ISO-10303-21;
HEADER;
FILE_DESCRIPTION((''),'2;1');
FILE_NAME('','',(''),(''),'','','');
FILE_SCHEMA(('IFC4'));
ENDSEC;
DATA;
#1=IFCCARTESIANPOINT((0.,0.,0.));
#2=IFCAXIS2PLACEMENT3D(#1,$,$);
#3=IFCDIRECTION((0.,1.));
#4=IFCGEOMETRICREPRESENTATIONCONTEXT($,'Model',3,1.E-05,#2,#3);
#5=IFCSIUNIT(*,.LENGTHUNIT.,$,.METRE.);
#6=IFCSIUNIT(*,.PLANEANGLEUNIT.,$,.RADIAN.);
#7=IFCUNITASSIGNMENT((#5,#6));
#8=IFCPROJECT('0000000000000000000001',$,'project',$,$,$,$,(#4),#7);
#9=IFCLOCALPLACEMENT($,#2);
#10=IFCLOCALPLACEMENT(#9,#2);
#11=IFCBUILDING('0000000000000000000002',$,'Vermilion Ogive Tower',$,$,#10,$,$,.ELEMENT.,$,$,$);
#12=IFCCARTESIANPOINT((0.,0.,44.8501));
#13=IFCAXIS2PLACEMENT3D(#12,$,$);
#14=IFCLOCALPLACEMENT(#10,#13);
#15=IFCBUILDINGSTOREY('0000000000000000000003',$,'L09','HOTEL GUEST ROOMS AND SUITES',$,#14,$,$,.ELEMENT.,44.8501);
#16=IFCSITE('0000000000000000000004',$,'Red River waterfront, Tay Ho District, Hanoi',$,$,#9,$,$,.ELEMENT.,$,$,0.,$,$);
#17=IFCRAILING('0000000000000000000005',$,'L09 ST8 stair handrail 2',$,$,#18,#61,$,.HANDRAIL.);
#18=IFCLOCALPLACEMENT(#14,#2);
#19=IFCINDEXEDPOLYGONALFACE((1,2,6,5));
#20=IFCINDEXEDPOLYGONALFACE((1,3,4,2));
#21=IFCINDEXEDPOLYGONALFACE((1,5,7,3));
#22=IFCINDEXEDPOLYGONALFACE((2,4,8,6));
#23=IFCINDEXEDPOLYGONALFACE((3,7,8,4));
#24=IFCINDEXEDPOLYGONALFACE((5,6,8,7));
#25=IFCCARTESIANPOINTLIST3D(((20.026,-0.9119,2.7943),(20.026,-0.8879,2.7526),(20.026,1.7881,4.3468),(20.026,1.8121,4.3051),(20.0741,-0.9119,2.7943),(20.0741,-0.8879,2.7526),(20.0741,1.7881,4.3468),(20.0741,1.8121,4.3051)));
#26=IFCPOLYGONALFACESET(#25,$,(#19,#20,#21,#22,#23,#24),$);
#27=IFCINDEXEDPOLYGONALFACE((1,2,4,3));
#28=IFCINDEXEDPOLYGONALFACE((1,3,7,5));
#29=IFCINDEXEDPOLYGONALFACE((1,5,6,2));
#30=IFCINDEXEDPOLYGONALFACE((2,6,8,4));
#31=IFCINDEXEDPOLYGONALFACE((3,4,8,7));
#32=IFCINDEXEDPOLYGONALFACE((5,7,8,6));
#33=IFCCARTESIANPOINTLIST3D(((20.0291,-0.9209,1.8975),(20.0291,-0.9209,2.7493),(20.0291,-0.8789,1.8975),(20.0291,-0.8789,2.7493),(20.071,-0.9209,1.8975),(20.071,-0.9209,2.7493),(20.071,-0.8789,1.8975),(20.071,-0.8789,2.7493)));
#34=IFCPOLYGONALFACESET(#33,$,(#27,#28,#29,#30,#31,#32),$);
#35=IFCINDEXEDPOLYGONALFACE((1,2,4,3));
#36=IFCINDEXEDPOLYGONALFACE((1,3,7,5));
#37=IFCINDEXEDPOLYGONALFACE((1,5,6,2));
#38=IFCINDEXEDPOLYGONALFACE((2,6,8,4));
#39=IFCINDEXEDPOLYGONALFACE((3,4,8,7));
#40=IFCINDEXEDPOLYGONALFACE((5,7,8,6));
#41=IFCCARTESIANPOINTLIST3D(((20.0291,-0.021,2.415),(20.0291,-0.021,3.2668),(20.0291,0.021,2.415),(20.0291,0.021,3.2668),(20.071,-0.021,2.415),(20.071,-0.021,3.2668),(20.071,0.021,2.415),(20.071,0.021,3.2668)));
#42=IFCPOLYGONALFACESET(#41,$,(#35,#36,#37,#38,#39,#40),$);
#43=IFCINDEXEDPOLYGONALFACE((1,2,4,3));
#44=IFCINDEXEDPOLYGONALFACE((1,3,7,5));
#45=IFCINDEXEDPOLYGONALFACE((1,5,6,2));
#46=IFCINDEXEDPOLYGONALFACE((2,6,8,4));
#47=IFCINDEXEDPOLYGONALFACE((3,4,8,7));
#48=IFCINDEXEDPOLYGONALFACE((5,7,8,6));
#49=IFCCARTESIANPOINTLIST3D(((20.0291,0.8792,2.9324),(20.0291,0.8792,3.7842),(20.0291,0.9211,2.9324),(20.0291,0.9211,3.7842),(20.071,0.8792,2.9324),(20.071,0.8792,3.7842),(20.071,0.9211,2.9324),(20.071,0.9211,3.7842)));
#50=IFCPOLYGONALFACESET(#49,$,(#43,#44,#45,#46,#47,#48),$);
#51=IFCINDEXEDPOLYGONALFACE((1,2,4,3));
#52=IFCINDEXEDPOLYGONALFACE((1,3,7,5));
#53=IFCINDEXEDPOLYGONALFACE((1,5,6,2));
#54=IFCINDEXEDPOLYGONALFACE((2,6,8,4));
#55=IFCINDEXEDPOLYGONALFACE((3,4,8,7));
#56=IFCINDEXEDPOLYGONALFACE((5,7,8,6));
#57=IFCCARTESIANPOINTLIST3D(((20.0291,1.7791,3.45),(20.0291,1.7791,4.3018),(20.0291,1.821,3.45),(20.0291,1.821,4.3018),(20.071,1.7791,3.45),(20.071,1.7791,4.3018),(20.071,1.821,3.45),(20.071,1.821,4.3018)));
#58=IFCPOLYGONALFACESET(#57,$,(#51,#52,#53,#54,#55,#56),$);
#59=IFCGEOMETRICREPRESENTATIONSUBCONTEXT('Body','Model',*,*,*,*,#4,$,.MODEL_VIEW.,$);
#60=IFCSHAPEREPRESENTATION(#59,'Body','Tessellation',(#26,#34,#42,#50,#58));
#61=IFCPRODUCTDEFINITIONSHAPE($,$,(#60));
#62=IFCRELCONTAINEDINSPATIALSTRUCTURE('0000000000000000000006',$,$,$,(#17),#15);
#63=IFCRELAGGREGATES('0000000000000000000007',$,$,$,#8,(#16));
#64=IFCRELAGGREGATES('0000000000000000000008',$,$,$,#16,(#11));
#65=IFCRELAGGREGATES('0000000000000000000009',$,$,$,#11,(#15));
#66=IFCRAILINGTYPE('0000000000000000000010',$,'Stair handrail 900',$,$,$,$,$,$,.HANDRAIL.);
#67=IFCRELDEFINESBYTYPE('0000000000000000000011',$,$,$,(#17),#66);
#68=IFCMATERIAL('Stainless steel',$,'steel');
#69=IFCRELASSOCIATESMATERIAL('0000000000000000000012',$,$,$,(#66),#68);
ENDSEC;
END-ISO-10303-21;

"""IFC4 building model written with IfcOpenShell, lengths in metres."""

from ifc_helpers import new_model, si_unit, direction, frame, origin, origin_2d, place, context, subcontext, project, spatial, rectangle, extrude, material, type_object, element, save


model = new_model("IFC4")

# Units and contexts
model_context = context("Model", 3, precision=1e-05, world=origin(), true_north=direction((0.0, 1.0)))
body_context = subcontext(model_context, "Body", "Model", "MODEL_VIEW")
ifc_project = project(units=[si_unit("LENGTHUNIT", "METRE"), si_unit("PLANEANGLEUNIT", "RADIAN")], contexts=[model_context])

# Site, building, storey
site_placement = place(None, origin())
site = spatial("IfcSite", under=ifc_project, at=site_placement, Name="Red River waterfront, Tay Ho District, Hanoi", CompositionType="ELEMENT", RefElevation=0.0)
building_placement = place(site_placement, origin())
building = spatial("IfcBuilding", under=site, at=building_placement, Name="Vermilion Ogive Tower", CompositionType="ELEMENT")
storey_placement = place(building_placement, frame((0.0, 0.0, 44.8501)))
storey = spatial("IfcBuildingStorey", under=building, at=storey_placement, Name="L09", Description="HOTEL GUEST ROOMS AND SUITES", CompositionType="ELEMENT", Elevation=44.8501)

# Railing
ifc_material_1 = material(Name="Stainless steel", Category="steel")
railing_type_1 = type_object("IfcRailingType", Name="Stair handrail 900", PredefinedType="HANDRAIL", material=ifc_material_1)
railing_1_placement = place(storey_placement, frame((20.05, -0.8999, 1.8975)))
element("IfcRailing", 1, at=railing_1_placement, inside=storey, type_object=railing_type_1, Name="L09 ST8 stair handrail 2", PredefinedType="HANDRAIL", context=body_context, shape_type="SweptSolid", body=[
    extrude(rectangle(XDim=0.0481, YDim=0.0481, at=origin_2d()), frame((0.0, 0.0, 0.876), z_axis=(0.0, 0.866904, 0.498476), x_axis=(-1.0, 0.0, 0.0)), (0.0, 0.0, 1.0), 3.1145),
    extrude(rectangle(XDim=0.042, YDim=0.042, at=origin_2d()), origin(), (0.0, 0.0, 1.0), 0.8518),
    extrude(rectangle(XDim=0.042, YDim=0.042, at=origin_2d()), frame((0.0, 0.8999, 0.5176)), (0.0, 0.0, 1.0), 0.8518),
    extrude(rectangle(XDim=0.042, YDim=0.042, at=origin_2d()), frame((0.0, 1.8, 1.0349)), (0.0, 0.0, 1.0), 0.8518),
    extrude(rectangle(XDim=0.042, YDim=0.042, at=origin_2d()), frame((0.0, 2.7, 1.5525)), (0.0, 0.0, 1.0), 0.8518),
])

save(model, "model.ifc")
